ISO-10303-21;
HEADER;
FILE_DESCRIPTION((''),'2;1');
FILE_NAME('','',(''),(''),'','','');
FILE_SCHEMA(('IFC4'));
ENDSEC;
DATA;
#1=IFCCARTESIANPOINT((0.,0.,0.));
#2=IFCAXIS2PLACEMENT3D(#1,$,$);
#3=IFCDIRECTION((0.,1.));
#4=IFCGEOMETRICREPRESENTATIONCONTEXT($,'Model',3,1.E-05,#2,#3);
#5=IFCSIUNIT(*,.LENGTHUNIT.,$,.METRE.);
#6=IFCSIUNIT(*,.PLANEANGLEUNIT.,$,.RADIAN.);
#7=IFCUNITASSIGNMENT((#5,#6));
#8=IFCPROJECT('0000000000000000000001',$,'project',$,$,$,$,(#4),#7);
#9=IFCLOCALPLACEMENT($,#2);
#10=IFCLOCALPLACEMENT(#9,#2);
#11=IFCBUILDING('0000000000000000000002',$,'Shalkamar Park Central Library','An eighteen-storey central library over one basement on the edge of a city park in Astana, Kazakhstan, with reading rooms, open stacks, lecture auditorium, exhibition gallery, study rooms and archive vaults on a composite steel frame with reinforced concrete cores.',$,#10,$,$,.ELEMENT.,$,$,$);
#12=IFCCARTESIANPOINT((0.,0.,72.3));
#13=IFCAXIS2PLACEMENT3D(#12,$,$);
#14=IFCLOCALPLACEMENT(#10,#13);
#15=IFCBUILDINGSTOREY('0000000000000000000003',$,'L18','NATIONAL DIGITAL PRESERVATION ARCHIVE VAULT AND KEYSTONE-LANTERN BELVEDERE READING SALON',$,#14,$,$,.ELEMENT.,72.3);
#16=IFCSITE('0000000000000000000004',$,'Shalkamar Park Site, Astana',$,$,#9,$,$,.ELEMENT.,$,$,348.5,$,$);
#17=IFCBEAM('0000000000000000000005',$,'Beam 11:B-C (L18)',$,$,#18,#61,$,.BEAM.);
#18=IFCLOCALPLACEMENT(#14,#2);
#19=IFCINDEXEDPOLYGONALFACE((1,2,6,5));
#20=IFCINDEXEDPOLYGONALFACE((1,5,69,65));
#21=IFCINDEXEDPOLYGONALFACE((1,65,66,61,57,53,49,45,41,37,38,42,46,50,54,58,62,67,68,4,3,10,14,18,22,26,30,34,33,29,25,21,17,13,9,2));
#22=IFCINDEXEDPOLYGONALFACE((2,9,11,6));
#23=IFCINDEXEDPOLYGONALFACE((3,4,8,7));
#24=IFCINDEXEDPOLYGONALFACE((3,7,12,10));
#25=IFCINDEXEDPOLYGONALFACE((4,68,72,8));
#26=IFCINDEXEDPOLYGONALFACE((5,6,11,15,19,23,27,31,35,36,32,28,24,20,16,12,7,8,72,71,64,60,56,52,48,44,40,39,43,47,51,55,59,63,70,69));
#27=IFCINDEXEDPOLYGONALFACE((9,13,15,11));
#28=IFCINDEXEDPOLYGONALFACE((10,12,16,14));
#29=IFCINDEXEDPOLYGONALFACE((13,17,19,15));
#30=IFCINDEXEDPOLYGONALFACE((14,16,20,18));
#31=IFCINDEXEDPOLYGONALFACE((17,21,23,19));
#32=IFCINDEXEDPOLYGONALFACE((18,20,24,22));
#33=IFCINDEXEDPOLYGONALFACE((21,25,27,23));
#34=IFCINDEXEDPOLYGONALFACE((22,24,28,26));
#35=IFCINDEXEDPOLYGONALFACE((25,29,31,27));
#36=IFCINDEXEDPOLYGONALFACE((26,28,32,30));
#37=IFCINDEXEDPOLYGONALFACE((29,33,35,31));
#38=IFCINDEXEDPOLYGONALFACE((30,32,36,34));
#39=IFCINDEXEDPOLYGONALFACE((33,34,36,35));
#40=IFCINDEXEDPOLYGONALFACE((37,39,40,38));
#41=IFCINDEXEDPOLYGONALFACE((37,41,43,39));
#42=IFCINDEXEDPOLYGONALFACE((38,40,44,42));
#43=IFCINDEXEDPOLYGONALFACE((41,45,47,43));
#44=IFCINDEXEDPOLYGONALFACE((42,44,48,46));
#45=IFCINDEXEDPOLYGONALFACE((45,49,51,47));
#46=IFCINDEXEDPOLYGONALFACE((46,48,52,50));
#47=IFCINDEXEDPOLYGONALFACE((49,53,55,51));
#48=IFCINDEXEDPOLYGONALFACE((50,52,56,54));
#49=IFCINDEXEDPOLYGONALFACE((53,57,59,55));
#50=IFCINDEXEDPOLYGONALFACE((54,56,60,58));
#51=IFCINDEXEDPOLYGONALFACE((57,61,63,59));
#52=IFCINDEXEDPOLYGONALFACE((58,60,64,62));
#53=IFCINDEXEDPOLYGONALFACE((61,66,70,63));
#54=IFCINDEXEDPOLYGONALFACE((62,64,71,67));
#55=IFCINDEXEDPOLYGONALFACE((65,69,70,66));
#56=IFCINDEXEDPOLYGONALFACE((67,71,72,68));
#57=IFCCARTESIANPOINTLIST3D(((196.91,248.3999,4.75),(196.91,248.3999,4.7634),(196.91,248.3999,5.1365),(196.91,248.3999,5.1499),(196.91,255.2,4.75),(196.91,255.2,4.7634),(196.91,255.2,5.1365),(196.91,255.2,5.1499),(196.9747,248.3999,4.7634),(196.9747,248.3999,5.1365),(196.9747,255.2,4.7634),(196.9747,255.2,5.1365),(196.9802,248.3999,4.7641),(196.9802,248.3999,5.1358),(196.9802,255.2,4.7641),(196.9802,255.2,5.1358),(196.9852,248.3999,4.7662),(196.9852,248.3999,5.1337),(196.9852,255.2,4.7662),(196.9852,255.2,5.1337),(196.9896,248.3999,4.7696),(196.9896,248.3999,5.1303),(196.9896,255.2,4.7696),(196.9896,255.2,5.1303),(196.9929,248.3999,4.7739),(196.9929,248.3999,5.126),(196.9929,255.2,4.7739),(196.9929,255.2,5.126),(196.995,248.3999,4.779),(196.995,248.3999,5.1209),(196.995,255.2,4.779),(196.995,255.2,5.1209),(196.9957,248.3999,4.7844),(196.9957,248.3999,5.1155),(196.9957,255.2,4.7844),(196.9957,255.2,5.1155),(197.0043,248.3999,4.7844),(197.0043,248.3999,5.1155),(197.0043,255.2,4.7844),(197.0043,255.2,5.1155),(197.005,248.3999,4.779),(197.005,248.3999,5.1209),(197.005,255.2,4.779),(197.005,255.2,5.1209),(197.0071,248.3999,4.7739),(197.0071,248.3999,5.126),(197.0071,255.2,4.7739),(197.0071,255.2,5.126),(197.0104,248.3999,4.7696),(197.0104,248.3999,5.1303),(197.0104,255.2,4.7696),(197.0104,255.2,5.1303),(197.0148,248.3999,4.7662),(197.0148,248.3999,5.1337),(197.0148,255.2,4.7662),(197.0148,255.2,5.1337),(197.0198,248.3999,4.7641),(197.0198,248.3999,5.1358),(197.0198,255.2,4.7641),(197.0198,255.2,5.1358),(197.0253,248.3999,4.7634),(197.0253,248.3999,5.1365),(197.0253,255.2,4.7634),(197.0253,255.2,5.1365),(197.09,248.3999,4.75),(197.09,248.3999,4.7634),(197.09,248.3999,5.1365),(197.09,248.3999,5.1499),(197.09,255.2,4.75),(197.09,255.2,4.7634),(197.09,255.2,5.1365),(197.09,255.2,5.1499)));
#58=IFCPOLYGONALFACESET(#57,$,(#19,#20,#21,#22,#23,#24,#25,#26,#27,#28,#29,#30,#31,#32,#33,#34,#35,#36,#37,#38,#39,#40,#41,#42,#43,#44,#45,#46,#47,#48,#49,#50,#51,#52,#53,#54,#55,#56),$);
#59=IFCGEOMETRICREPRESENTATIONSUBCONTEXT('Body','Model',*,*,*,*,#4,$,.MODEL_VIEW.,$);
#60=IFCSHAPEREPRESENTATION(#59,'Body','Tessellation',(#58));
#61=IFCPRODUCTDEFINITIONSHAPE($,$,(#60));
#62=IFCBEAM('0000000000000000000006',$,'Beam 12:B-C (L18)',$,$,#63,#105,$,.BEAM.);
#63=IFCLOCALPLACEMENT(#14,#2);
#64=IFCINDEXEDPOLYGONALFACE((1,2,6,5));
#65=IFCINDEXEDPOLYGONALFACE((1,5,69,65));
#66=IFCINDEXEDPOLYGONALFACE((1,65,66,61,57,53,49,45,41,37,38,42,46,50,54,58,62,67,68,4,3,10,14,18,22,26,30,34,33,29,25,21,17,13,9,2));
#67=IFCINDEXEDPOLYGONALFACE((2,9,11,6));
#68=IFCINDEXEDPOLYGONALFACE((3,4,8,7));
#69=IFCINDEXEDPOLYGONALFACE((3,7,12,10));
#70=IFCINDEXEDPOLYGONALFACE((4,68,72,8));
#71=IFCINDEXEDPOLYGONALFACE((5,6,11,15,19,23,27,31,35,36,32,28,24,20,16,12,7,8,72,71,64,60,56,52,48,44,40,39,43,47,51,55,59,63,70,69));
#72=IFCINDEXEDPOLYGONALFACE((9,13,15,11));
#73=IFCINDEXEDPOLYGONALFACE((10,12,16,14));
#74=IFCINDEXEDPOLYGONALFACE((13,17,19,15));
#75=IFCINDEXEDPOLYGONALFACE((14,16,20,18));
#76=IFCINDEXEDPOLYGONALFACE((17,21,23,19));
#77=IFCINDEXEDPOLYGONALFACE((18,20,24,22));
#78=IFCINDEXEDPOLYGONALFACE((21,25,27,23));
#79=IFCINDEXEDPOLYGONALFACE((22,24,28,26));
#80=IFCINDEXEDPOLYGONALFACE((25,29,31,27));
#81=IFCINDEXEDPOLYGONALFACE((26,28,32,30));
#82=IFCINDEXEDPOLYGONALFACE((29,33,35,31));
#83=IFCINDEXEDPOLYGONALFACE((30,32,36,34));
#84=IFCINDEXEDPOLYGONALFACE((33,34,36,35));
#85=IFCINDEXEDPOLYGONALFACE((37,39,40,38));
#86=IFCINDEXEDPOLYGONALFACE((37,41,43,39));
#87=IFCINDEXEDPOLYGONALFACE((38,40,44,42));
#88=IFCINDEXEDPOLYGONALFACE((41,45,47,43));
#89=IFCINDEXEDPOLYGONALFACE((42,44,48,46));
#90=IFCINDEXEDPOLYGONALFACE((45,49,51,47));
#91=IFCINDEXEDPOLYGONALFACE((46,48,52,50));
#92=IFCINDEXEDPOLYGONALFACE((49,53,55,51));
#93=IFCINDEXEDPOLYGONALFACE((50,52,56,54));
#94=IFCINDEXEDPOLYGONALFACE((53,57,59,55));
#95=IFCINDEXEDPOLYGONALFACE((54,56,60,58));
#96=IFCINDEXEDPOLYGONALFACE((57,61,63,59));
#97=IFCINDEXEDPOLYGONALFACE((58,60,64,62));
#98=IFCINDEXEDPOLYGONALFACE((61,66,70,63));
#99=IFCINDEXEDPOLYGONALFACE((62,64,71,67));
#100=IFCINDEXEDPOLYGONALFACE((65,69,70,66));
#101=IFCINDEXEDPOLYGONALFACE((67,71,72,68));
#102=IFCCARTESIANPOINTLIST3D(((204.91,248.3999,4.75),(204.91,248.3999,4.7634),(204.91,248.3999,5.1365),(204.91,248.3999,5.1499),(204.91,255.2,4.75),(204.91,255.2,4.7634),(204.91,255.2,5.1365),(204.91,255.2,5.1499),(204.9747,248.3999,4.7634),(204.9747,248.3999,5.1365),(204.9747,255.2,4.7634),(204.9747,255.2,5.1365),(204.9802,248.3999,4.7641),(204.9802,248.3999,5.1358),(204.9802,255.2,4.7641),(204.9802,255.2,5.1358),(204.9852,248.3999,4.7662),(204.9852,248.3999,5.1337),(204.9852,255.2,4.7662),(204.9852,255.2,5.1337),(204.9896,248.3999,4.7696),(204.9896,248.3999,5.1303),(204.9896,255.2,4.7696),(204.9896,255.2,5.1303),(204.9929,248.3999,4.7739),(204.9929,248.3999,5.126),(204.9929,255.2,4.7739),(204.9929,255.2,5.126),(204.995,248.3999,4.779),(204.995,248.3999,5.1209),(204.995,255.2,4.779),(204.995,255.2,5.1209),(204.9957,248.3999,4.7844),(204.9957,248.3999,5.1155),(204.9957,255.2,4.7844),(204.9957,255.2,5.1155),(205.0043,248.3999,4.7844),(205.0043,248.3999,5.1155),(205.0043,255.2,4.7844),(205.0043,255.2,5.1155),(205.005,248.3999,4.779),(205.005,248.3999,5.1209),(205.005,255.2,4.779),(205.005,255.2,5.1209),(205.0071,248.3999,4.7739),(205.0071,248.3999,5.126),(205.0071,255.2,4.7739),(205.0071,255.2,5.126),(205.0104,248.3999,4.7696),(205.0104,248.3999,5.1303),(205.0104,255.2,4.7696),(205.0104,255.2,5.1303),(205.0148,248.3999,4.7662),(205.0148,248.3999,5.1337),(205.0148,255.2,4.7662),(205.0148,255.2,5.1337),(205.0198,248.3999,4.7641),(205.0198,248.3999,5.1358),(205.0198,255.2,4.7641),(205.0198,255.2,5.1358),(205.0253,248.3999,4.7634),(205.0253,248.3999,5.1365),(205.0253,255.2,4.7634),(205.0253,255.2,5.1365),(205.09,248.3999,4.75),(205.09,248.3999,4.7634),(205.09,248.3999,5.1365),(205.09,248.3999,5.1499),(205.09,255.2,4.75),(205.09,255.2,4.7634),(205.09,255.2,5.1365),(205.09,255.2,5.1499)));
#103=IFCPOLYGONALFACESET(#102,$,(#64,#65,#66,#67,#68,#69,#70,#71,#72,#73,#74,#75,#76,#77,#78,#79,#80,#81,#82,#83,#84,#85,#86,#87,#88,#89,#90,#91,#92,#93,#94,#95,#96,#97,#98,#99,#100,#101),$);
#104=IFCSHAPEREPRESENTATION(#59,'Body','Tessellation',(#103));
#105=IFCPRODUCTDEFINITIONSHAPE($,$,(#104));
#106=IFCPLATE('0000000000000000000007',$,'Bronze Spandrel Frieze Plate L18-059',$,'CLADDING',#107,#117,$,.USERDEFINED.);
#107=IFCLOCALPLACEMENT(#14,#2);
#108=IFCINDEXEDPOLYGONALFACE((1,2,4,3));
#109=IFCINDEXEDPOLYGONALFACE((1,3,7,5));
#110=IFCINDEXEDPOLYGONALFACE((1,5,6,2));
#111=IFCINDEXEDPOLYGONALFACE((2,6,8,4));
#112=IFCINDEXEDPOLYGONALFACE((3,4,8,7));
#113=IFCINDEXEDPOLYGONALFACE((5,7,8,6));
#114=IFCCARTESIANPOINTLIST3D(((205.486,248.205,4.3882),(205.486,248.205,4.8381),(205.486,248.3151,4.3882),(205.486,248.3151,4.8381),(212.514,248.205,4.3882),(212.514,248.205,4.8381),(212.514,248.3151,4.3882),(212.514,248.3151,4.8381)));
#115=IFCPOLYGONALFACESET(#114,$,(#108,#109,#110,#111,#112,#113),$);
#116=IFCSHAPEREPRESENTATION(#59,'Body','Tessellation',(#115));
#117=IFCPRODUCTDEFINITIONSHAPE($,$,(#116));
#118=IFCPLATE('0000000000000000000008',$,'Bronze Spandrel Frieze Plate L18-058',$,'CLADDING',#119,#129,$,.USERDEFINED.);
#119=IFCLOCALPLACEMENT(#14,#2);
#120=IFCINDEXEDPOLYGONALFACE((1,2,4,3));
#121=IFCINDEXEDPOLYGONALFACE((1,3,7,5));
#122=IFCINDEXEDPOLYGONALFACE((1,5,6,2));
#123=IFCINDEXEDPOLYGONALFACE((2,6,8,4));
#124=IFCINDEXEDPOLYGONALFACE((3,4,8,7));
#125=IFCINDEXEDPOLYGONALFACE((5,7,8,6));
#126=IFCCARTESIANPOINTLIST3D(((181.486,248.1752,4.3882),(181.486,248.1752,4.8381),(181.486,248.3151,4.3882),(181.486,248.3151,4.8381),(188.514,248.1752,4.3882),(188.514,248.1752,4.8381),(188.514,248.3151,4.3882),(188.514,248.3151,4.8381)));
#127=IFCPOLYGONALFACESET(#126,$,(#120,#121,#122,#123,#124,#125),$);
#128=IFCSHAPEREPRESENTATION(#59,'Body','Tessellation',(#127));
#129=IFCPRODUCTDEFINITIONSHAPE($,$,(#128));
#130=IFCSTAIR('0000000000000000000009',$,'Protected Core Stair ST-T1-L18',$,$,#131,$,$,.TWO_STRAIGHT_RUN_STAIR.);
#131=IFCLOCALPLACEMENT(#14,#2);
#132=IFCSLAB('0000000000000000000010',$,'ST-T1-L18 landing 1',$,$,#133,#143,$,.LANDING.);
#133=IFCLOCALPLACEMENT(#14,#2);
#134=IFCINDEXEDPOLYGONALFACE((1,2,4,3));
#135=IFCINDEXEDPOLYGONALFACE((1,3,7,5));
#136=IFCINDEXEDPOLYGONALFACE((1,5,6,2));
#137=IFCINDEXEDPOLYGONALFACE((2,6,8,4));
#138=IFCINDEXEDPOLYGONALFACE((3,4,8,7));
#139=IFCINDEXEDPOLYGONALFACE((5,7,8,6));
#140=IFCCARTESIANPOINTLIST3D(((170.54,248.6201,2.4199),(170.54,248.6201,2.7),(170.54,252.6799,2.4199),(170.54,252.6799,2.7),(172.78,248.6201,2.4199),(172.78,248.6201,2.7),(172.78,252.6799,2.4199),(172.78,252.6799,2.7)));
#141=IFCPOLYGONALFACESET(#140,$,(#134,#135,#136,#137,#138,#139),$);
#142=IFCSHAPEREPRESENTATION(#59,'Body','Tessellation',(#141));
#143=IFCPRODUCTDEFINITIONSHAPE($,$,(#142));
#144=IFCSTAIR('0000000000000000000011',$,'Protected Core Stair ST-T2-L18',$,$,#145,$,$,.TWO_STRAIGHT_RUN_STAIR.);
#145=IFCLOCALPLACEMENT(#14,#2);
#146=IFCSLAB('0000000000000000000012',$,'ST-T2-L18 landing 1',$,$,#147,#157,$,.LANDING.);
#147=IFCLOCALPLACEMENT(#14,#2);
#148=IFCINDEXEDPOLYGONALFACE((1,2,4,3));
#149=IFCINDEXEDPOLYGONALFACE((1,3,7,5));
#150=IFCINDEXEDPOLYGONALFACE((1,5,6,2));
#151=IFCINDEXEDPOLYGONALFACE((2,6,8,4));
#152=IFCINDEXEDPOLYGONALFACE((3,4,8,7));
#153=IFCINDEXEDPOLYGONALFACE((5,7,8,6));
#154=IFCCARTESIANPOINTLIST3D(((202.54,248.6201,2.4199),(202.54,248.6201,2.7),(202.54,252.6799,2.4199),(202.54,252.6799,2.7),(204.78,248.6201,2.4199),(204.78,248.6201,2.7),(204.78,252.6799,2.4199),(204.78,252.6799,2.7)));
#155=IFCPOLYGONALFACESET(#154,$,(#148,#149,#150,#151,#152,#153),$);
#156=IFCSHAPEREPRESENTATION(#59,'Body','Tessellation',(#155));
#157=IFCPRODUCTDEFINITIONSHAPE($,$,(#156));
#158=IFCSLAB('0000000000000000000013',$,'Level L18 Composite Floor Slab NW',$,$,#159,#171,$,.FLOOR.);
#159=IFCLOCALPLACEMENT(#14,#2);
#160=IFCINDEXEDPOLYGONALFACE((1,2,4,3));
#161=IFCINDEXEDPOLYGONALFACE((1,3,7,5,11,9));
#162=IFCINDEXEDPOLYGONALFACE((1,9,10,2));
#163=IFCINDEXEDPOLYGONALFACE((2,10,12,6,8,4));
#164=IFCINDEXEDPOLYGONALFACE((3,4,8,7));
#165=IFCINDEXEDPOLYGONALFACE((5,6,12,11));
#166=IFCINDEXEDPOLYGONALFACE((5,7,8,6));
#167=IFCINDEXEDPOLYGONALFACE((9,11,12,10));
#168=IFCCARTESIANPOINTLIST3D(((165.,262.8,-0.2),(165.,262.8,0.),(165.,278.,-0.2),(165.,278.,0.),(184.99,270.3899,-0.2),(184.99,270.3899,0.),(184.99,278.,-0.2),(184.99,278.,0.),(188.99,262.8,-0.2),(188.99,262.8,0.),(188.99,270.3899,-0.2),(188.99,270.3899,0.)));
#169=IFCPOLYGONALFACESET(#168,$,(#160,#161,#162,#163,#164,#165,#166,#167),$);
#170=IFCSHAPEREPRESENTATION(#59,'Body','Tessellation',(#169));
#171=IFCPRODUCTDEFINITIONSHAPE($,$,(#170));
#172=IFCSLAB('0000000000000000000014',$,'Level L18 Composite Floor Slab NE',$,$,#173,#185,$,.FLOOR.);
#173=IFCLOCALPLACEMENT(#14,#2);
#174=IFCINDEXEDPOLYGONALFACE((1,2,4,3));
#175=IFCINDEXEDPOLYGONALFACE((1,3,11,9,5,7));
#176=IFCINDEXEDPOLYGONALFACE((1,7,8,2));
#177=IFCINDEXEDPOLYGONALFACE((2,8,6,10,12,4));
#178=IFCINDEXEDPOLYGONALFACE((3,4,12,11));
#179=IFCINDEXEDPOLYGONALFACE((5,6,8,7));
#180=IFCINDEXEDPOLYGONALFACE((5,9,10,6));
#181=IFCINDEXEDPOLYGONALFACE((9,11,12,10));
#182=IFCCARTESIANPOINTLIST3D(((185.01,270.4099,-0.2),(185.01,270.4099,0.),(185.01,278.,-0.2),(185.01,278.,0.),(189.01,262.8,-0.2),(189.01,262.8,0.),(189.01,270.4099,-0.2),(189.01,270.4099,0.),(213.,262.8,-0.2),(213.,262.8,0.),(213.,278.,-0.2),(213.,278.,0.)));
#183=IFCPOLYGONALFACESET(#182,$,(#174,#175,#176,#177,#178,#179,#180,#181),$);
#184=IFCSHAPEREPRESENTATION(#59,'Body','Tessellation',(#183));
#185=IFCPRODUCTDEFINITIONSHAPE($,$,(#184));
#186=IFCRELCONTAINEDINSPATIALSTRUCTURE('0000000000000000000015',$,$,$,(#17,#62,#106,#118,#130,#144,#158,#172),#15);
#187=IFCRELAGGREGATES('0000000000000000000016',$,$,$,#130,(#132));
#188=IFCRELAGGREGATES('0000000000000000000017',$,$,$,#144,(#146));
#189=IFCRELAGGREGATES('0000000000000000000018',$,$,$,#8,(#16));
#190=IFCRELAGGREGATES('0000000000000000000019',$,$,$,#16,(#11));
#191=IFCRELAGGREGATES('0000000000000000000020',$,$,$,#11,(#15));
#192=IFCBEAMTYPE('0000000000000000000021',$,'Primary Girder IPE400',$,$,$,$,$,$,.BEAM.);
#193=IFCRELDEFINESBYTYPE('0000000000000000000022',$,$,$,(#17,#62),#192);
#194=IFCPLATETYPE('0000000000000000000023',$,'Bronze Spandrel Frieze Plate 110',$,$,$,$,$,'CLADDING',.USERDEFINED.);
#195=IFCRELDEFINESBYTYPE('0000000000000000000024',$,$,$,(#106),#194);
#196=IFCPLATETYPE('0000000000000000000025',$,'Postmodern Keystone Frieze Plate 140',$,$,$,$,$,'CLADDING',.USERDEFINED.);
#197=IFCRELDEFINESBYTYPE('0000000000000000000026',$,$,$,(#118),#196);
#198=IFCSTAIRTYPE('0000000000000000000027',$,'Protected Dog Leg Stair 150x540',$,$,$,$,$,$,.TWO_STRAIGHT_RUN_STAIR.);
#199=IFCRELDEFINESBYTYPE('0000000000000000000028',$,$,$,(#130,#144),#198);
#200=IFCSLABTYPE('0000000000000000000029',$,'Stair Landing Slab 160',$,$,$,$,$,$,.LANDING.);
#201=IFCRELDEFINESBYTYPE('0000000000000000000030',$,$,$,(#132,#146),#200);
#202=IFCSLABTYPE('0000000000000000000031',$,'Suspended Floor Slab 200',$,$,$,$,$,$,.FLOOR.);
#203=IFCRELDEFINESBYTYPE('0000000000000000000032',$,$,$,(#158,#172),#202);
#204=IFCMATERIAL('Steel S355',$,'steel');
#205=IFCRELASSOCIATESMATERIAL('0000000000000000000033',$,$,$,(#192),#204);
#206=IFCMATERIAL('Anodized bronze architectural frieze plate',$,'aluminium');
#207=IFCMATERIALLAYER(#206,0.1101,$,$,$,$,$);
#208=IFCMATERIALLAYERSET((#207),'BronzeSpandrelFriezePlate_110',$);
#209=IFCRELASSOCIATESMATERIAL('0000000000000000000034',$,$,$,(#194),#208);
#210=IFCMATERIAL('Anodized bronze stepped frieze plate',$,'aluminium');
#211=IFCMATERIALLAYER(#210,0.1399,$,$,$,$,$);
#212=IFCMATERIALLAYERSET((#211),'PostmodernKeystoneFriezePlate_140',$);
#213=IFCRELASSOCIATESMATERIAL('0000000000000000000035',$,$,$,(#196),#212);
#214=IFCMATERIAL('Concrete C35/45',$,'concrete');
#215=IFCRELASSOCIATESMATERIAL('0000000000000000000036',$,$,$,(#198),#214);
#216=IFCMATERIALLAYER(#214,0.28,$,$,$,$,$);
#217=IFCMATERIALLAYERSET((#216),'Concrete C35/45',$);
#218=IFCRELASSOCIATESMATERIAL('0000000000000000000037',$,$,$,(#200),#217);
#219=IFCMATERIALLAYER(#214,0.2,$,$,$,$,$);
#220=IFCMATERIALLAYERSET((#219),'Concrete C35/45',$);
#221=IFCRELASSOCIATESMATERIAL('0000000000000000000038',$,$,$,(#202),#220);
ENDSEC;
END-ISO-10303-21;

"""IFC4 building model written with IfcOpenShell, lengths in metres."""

from ifc_helpers import new_model, si_unit, direction, frame, origin, origin_2d, place, context, subcontext, project, spatial, polyline, rectangle, i_section, outline, extrude, material, layer, layer_set, material_profile, profile_set, type_object, element, aggregate, save


model = new_model("IFC4")

# Units and contexts
model_context = context("Model", 3, precision=1e-05, world=origin(), true_north=direction((0.0, 1.0)))
body_context = subcontext(model_context, "Body", "Model", "MODEL_VIEW")
ifc_project = project(units=[si_unit("LENGTHUNIT", "METRE"), si_unit("PLANEANGLEUNIT", "RADIAN")], contexts=[model_context])

# Site, building, storey
site_placement = place(None, origin())
site = spatial("IfcSite", under=ifc_project, at=site_placement, Name="Shalkamar Park Site, Astana", CompositionType="ELEMENT", RefElevation=348.5)
building_placement = place(site_placement, origin())
building = spatial("IfcBuilding", under=site, at=building_placement, Name="Shalkamar Park Central Library", Description="An eighteen-storey central library over one basement on the edge of a city park in Astana, Kazakhstan, with reading rooms, open stacks, lecture auditorium, exhibition gallery, study rooms and archive vaults on a composite steel frame with reinforced concrete cores.", CompositionType="ELEMENT")
storey_placement = place(building_placement, frame((0.0, 0.0, 72.3)))
storey = spatial("IfcBuildingStorey", under=building, at=storey_placement, Name="L18", Description="NATIONAL DIGITAL PRESERVATION ARCHIVE VAULT AND KEYSTONE-LANTERN BELVEDERE READING SALON", CompositionType="ELEMENT", Elevation=72.3)

# Shared definitions
ifc_material_1 = material(Name="Steel S355", Category="steel")

# Beams
ifc_material_profile_1 = material_profile(ifc_material_1, i_section(OverallWidth=0.1799, OverallDepth=0.3999, WebThickness=0.0085, FlangeThickness=0.0134, FilletRadius=0.021, at=origin_2d()), Name="IPE 400")
ifc_profile_set_1 = profile_set([ifc_material_profile_1], Name="Steel S355")
beam_type_1 = type_object("IfcBeamType", Name="Primary Girder IPE400", PredefinedType="BEAM", material=ifc_profile_set_1)
for number, where, z_axis, x_axis, name in (
    (1, (197.0, 248.3999, 4.95), (0.0, 1.0, 0.0), (-1.0, 0.0, 0.0), "Beam 11:B-C (L18)"),
    (2, (205.0, 248.3999, 4.95), (0.0, 1.0, 0.0), (-1.0, 0.0, 0.0), "Beam 12:B-C (L18)"),
):
    element("IfcBeam", number, at=place(storey_placement, frame(where, z_axis=z_axis, x_axis=x_axis)), inside=storey, type_object=beam_type_1, Name=name, PredefinedType="BEAM", context=body_context, shape_type="SweptSolid", body=[
        extrude(i_section(OverallWidth=0.1799, OverallDepth=0.3999, WebThickness=0.0085, FlangeThickness=0.0134, FilletRadius=0.021, at=origin_2d()), origin(), (0.0, 0.0, 1.0), 6.8),
    ])

# Plates
ifc_material_2 = material(Name="Anodized bronze architectural frieze plate", Category="aluminium")
ifc_layer_1 = layer(ifc_material_2, 0.1101)
ifc_layer_set_1 = layer_set([ifc_layer_1], Name="BronzeSpandrelFriezePlate_110")
plate_type_1 = type_object("IfcPlateType", Name="Bronze Spandrel Frieze Plate 110", ElementType="CLADDING", PredefinedType="USERDEFINED", material=ifc_layer_set_1)
plate_1_placement = place(storey_placement, frame((209.0, 248.26, 4.3882), z_axis=(0.0, 0.0, 1.0), x_axis=(1.0, 0.0, 0.0)))
element("IfcPlate", 3, at=plate_1_placement, inside=storey, type_object=plate_type_1, Name="Bronze Spandrel Frieze Plate L18-059", ObjectType="CLADDING", PredefinedType="USERDEFINED", context=body_context, shape_type="SweptSolid", body=[
    extrude(rectangle(XDim=7.0281, YDim=0.1101, at=origin_2d()), origin(), (0.0, 0.0, 1.0), 0.45),
])
ifc_material_3 = material(Name="Anodized bronze stepped frieze plate", Category="aluminium")
ifc_layer_2 = layer(ifc_material_3, 0.1399)
ifc_layer_set_2 = layer_set([ifc_layer_2], Name="PostmodernKeystoneFriezePlate_140")
plate_type_2 = type_object("IfcPlateType", Name="Postmodern Keystone Frieze Plate 140", ElementType="CLADDING", PredefinedType="USERDEFINED", material=ifc_layer_set_2)
plate_2_placement = place(storey_placement, frame((185.0, 248.2451, 4.3882), z_axis=(0.0, 0.0, 1.0), x_axis=(1.0, 0.0, 0.0)))
element("IfcPlate", 4, at=plate_2_placement, inside=storey, type_object=plate_type_2, Name="Bronze Spandrel Frieze Plate L18-058", ObjectType="CLADDING", PredefinedType="USERDEFINED", context=body_context, shape_type="SweptSolid", body=[
    extrude(rectangle(XDim=7.0281, YDim=0.1399, at=origin_2d()), origin(), (0.0, 0.0, 1.0), 0.45),
])

# Stairs, slabs
ifc_material_4 = material(Name="Concrete C35/45", Category="concrete")
stair_type = type_object("IfcStairType", Name="Protected Dog Leg Stair 150x540", PredefinedType="TWO_STRAIGHT_RUN_STAIR", material=ifc_material_4)
stair_1_placement = place(storey_placement, origin())
stair_1 = element("IfcStair", 5, at=stair_1_placement, inside=storey, type_object=stair_type, Name="Protected Core Stair ST-T1-L18", PredefinedType="TWO_STRAIGHT_RUN_STAIR")
ifc_layer_3 = layer(ifc_material_4, 0.28)
ifc_layer_set_3 = layer_set([ifc_layer_3], Name="Concrete C35/45")
slab_type_1 = type_object("IfcSlabType", Name="Stair Landing Slab 160", PredefinedType="LANDING", material=ifc_layer_set_3)
slab_1_placement = place(storey_placement, frame((0.0, 0.0, 2.4199)))
slab_1 = element("IfcSlab", 6, at=slab_1_placement, type_object=slab_type_1, Name="ST-T1-L18 landing 1", PredefinedType="LANDING", context=body_context, shape_type="SweptSolid", body=[
    extrude(outline(polyline([(170.54, 248.6201), (172.78, 248.6201), (172.78, 252.6799), (170.54, 252.6799), (170.54, 248.6201)])), origin(), (0.0, 0.0, 1.0), 0.28),
])
aggregate(stair_1, [slab_1])
stair_2_placement = place(storey_placement, origin())
stair_2 = element("IfcStair", 7, at=stair_2_placement, inside=storey, type_object=stair_type, Name="Protected Core Stair ST-T2-L18", PredefinedType="TWO_STRAIGHT_RUN_STAIR")
slab_2_placement = place(storey_placement, frame((0.0, 0.0, 2.4199)))
slab_2 = element("IfcSlab", 8, at=slab_2_placement, type_object=slab_type_1, Name="ST-T2-L18 landing 1", PredefinedType="LANDING", context=body_context, shape_type="SweptSolid", body=[
    extrude(outline(polyline([(202.54, 248.6201), (204.78, 248.6201), (204.78, 252.6799), (202.54, 252.6799), (202.54, 248.6201)])), origin(), (0.0, 0.0, 1.0), 0.28),
])
aggregate(stair_2, [slab_2])

# Slabs
ifc_layer_4 = layer(ifc_material_4, 0.2)
ifc_layer_set_4 = layer_set([ifc_layer_4], Name="Concrete C35/45")
slab_type_2 = type_object("IfcSlabType", Name="Suspended Floor Slab 200", PredefinedType="FLOOR", material=ifc_layer_set_4)
slab_3_placement = place(storey_placement, frame((0.0, 0.0, -0.2)))
element("IfcSlab", 9, at=slab_3_placement, inside=storey, type_object=slab_type_2, Name="Level L18 Composite Floor Slab NW", PredefinedType="FLOOR", context=body_context, shape_type="SweptSolid", body=[
    extrude(outline(polyline([(165.0, 262.8), (188.99, 262.8), (188.99, 270.3899), (184.99, 270.3899), (184.99, 278.0), (165.0, 278.0), (165.0, 262.8)])), origin(), (0.0, 0.0, 1.0), 0.2),
])
slab_4_placement = place(storey_placement, frame((0.0, 0.0, -0.2)))
element("IfcSlab", 10, at=slab_4_placement, inside=storey, type_object=slab_type_2, Name="Level L18 Composite Floor Slab NE", PredefinedType="FLOOR", context=body_context, shape_type="SweptSolid", body=[
    extrude(outline(polyline([(189.01, 262.8), (213.0, 262.8), (213.0, 278.0), (185.01, 278.0), (185.01, 270.4099), (189.01, 270.4099), (189.01, 262.8)])), origin(), (0.0, 0.0, 1.0), 0.2),
])

save(model, "model.ifc")
